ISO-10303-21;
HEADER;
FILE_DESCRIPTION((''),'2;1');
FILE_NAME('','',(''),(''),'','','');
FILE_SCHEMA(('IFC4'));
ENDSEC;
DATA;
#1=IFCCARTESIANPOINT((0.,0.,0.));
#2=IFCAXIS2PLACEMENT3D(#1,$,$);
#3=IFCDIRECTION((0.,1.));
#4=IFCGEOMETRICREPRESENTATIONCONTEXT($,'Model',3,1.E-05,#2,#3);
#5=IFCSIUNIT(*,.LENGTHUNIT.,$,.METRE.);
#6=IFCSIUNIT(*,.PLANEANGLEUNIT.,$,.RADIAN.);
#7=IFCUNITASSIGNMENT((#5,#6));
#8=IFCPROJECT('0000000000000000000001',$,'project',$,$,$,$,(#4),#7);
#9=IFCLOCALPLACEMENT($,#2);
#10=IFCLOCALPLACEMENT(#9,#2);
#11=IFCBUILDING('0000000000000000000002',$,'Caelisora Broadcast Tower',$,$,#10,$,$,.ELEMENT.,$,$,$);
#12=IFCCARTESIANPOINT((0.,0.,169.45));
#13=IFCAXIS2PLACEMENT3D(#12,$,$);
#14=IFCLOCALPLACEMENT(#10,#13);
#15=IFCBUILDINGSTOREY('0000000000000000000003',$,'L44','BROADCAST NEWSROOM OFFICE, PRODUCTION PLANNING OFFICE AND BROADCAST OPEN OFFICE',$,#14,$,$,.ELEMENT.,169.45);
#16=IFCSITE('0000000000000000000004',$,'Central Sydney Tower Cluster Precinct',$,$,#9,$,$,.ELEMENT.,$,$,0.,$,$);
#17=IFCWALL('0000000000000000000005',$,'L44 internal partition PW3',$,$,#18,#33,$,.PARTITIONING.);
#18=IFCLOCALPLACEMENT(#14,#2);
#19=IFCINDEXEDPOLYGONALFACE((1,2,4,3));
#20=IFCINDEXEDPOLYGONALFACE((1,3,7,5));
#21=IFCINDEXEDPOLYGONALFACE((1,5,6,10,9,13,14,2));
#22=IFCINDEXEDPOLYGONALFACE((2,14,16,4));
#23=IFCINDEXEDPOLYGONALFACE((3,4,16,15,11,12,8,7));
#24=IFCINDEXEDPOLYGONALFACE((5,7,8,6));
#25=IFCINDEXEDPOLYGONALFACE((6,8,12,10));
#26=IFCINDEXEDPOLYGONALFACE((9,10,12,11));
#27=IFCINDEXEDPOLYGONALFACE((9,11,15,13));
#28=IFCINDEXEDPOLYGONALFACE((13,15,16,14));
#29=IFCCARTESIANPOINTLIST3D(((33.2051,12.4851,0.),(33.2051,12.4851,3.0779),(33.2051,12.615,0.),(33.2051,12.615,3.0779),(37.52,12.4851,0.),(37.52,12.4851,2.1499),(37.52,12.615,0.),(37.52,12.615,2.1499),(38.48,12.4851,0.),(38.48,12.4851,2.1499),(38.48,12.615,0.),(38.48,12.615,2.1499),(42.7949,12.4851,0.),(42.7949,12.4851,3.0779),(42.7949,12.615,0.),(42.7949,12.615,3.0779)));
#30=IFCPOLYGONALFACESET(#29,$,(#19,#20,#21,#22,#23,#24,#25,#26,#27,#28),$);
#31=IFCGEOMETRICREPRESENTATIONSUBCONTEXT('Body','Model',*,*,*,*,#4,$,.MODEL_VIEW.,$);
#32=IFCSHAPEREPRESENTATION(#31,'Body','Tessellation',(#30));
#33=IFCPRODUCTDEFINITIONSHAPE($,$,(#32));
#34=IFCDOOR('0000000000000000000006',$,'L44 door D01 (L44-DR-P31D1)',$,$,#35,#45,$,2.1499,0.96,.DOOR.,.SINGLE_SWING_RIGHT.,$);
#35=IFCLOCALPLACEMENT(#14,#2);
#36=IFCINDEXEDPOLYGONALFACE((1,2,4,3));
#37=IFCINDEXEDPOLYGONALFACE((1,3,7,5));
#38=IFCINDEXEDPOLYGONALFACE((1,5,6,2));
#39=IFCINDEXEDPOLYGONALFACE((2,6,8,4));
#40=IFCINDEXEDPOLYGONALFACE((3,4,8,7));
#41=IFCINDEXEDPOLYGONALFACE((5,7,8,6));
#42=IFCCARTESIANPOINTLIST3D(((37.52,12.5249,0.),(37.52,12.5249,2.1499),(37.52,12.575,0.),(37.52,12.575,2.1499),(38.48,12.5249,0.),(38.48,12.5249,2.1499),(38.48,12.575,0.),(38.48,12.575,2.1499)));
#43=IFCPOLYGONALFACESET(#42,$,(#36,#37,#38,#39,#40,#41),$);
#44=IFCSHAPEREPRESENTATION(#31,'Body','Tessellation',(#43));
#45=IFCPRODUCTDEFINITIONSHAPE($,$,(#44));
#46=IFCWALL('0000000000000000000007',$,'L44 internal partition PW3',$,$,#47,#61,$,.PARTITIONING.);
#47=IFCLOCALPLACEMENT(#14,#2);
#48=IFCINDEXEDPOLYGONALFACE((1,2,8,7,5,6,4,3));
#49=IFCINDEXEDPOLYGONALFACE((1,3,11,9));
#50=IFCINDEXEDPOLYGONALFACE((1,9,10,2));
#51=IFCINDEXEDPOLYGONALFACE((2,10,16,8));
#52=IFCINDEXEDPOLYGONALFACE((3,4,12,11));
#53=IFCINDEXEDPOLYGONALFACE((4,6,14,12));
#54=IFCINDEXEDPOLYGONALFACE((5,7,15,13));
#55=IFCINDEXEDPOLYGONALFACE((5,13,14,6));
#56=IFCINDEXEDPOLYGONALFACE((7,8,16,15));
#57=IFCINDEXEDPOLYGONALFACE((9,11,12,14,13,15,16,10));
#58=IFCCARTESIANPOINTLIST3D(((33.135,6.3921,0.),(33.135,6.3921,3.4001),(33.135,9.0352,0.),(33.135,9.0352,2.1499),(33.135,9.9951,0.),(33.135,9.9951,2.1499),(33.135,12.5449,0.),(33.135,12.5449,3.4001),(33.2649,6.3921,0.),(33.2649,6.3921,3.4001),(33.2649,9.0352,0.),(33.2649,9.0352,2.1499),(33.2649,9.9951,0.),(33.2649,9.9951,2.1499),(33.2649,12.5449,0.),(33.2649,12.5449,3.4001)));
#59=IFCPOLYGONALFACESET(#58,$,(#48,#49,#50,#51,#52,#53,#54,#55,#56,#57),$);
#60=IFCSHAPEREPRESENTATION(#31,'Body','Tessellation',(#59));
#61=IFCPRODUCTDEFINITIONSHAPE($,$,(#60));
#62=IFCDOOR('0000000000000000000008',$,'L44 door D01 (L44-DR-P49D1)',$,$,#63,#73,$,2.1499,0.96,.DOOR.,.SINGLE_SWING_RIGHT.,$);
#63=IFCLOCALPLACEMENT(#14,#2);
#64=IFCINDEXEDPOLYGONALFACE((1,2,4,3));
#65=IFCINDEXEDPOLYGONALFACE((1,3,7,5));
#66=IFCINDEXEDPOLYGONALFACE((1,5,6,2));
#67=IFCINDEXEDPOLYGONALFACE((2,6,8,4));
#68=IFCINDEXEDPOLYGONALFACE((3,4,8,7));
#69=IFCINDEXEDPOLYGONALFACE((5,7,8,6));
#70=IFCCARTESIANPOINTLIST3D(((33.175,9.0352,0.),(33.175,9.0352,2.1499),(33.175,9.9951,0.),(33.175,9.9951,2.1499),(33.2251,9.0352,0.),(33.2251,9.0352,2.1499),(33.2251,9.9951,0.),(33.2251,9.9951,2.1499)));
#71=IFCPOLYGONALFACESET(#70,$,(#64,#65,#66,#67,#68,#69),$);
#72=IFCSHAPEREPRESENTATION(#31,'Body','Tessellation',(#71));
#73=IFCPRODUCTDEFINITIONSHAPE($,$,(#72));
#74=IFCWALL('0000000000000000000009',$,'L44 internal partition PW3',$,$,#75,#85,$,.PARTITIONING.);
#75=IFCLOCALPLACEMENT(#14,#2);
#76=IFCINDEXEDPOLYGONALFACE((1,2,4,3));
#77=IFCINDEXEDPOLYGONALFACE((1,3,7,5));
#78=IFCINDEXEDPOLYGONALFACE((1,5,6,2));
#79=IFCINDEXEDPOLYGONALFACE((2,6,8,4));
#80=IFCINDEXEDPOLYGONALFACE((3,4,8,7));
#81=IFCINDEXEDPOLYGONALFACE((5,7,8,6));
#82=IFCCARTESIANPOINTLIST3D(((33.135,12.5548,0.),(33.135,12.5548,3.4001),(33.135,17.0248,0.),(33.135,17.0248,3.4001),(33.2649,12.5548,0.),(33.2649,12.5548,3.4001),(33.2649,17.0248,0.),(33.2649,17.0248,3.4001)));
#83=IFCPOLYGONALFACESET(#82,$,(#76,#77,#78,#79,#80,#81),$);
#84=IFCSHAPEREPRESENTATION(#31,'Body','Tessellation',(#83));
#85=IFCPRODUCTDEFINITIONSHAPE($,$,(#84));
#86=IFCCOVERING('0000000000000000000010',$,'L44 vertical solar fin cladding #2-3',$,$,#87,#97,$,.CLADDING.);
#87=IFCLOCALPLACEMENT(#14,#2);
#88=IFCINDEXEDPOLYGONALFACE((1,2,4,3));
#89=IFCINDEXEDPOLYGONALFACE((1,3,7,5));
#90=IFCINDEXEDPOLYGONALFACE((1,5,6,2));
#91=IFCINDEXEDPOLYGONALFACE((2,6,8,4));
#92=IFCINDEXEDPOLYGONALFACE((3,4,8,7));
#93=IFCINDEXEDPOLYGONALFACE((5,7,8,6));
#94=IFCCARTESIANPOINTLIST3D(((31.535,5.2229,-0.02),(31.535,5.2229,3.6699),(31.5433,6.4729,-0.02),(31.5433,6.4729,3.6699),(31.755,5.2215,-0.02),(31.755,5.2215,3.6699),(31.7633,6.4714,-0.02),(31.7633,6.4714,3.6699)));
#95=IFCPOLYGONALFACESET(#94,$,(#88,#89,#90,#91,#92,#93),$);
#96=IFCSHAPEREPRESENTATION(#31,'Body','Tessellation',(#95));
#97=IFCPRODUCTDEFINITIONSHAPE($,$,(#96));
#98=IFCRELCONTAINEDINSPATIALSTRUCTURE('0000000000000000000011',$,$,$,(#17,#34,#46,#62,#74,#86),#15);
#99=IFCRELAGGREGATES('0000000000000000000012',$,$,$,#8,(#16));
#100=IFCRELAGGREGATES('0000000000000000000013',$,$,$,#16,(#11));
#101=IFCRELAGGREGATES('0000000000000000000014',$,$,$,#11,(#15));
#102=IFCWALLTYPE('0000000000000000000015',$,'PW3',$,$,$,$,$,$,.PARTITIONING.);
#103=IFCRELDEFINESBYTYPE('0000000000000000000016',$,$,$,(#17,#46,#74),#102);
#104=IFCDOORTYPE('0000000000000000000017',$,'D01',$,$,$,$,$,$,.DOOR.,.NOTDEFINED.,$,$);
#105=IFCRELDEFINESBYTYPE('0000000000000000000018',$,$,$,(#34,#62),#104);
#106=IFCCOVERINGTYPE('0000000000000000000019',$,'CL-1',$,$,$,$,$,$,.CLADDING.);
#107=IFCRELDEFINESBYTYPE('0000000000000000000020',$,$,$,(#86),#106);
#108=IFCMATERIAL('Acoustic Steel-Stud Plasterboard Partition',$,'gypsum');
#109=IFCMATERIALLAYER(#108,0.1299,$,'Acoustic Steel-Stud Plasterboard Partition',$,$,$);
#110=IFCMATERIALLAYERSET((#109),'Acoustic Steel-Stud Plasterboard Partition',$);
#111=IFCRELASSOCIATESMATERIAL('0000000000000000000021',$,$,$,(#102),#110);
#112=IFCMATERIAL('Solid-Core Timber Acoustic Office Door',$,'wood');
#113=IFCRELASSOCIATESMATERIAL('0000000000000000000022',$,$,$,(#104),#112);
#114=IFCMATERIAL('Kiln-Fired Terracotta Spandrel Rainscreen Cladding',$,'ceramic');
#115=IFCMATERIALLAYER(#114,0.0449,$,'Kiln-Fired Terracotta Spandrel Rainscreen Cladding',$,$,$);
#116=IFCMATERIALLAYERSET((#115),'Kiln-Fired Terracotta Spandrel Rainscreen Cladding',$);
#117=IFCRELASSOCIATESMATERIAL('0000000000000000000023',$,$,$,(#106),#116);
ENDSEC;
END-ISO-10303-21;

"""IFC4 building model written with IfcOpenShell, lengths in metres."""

from ifc_helpers import new_model, si_unit, direction, frame, frame_2d, origin, origin_2d, place, context, subcontext, project, spatial, rectangle, extrude, source, transform, mapped, material, layer, layer_set, type_object, type_shapes, element, fill, save


model = new_model("IFC4")

# Units and contexts
model_context = context("Model", 3, precision=1e-05, world=origin(), true_north=direction((0.0, 1.0)))
body_context = subcontext(model_context, "Body", "Model", "MODEL_VIEW")
ifc_project = project(units=[si_unit("LENGTHUNIT", "METRE"), si_unit("PLANEANGLEUNIT", "RADIAN")], contexts=[model_context])

# Site, building, storey
site_placement = place(None, origin())
site = spatial("IfcSite", under=ifc_project, at=site_placement, Name="Central Sydney Tower Cluster Precinct", CompositionType="ELEMENT", RefElevation=0.0)
building_placement = place(site_placement, origin())
building = spatial("IfcBuilding", under=site, at=building_placement, Name="Caelisora Broadcast Tower", CompositionType="ELEMENT")
storey_placement = place(building_placement, frame((0.0, 0.0, 169.45)))
storey = spatial("IfcBuildingStorey", under=building, at=storey_placement, Name="L44", Description="BROADCAST NEWSROOM OFFICE, PRODUCTION PLANNING OFFICE AND BROADCAST OPEN OFFICE", CompositionType="ELEMENT", Elevation=169.45)

# Walls, openings, doors
ifc_material_1 = material(Name="Acoustic Steel-Stud Plasterboard Partition", Category="gypsum")
ifc_layer_1 = layer(ifc_material_1, 0.1299, Name="Acoustic Steel-Stud Plasterboard Partition")
ifc_layer_set_1 = layer_set([ifc_layer_1], Name="Acoustic Steel-Stud Plasterboard Partition")
wall_type = type_object("IfcWallType", Name="PW3", PredefinedType="PARTITIONING", material=ifc_layer_set_1)
wall_1_placement = place(storey_placement, frame((33.2051, 12.55, 0.0), z_axis=(0.0, 0.0, 1.0), x_axis=(1.0, 0.0, 0.0)))
wall_1 = element("IfcWall", 1, at=wall_1_placement, inside=storey, type_object=wall_type, Name="L44 internal partition PW3", PredefinedType="PARTITIONING", context=body_context, shape_type="SweptSolid", body=[
    extrude(rectangle(XDim=9.5898, YDim=0.1299, at=frame_2d((4.7949, 0.0))), origin(), (0.0, 0.0, 1.0), 3.0779),
])
opening_1_placement = place(wall_1_placement, frame((4.3149, 0.0, 0.0)))
opening_1 = element("IfcOpeningElement", 2, at=opening_1_placement, cuts=wall_1, PredefinedType="OPENING", context=body_context, shape_type="SweptSolid", body=[
    extrude(rectangle(XDim=0.96, YDim=2.1499, at=frame_2d((0.48, 1.075))), frame((0.0, 0.0769, 0.0), z_axis=(0.0, -1.0, 0.0), x_axis=(1.0, 0.0, 0.0)), (0.0, 0.0, 1.0), 0.1538),
])
ifc_material_2 = material(Name="Solid-Core Timber Acoustic Office Door", Category="wood")
door_type = type_object("IfcDoorType", Name="D01", OperationType="NOTDEFINED", PredefinedType="DOOR", material=ifc_material_2)
door_1_placement = place(opening_1_placement, origin())
door_1 = element("IfcDoor", 3, at=door_1_placement, inside=storey, type_object=door_type, Name="L44 door D01 (L44-DR-P31D1)", OperationType="SINGLE_SWING_RIGHT", OverallHeight=2.1499, OverallWidth=0.96, PredefinedType="DOOR", context=body_context, shape_type="SweptSolid", body=[
    extrude(rectangle(XDim=0.96, YDim=2.1499, at=frame_2d((0.48, 1.075))), frame((0.0, 0.0249, 0.0), z_axis=(0.0, -1.0, 0.0), x_axis=(1.0, 0.0, 0.0)), (0.0, 0.0, 1.0), 0.05),
])
fill(opening_1, door_1)
wall_2_placement = place(storey_placement, frame((33.2, 6.3921, 0.0), z_axis=(0.0, 0.0, 1.0), x_axis=(0.0, 1.0, 0.0)))
wall_2 = element("IfcWall", 4, at=wall_2_placement, inside=storey, type_object=wall_type, Name="L44 internal partition PW3", PredefinedType="PARTITIONING", context=body_context, shape_type="SweptSolid", body=[
    extrude(rectangle(XDim=6.1528, YDim=0.1299, at=frame_2d((3.0764, 0.0))), origin(), (0.0, 0.0, 1.0), 3.4001),
])
opening_2_placement = place(wall_2_placement, frame((2.6431, 0.0, 0.0)))
opening_2 = element("IfcOpeningElement", 5, at=opening_2_placement, cuts=wall_2, PredefinedType="OPENING", context=body_context, shape_type="SweptSolid", body=[
    extrude(rectangle(XDim=0.96, YDim=2.1499, at=frame_2d((0.48, 1.075))), frame((0.0, 0.0769, 0.0), z_axis=(0.0, -1.0, 0.0), x_axis=(1.0, 0.0, 0.0)), (0.0, 0.0, 1.0), 0.1538),
])
door_2_placement = place(opening_2_placement, origin())
door_2 = element("IfcDoor", 6, at=door_2_placement, inside=storey, type_object=door_type, Name="L44 door D01 (L44-DR-P49D1)", OperationType="SINGLE_SWING_RIGHT", OverallHeight=2.1499, OverallWidth=0.96, PredefinedType="DOOR", context=body_context, shape_type="SweptSolid", body=[
    extrude(rectangle(XDim=0.96, YDim=2.1499, at=frame_2d((0.48, 1.075))), frame((0.0, 0.0249, 0.0), z_axis=(0.0, -1.0, 0.0), x_axis=(1.0, 0.0, 0.0)), (0.0, 0.0, 1.0), 0.05),
])
fill(opening_2, door_2)

# Wall
wall_3_placement = place(storey_placement, frame((33.2, 12.5549, 0.0), z_axis=(0.0, 0.0, 1.0), x_axis=(0.0, 1.0, 0.0)))
element("IfcWall", 7, at=wall_3_placement, inside=storey, type_object=wall_type, Name="L44 internal partition PW3", PredefinedType="PARTITIONING", context=body_context, shape_type="SweptSolid", body=[
    extrude(rectangle(XDim=4.47, YDim=0.1299, at=frame_2d((2.2349, 0.0))), origin(), (0.0, 0.0, 1.0), 3.4001),
])

# Covering
ifc_material_3 = material(Name="Kiln-Fired Terracotta Spandrel Rainscreen Cladding", Category="ceramic")
ifc_layer_2 = layer(ifc_material_3, 0.0449, Name="Kiln-Fired Terracotta Spandrel Rainscreen Cladding")
ifc_layer_set_2 = layer_set([ifc_layer_2], Name="Kiln-Fired Terracotta Spandrel Rainscreen Cladding")
covering_type = type_object("IfcCoveringType", Name="CL-1", PredefinedType="CLADDING", material=ifc_layer_set_2)
shared_shape_1 = source(origin(), body_context, "Body", "SweptSolid", [
    extrude(rectangle(XDim=0.22, YDim=1.25, at=origin_2d()), origin(), (0.0, 0.0, 1.0), 3.6899),
])
type_shapes(covering_type, [shared_shape_1])
covering_placement = place(storey_placement, frame((31.6492, 5.8472, -0.02), z_axis=(0.0, 0.0, 1.0), x_axis=(-0.999978, 0.006632, 0.0)))
element("IfcCovering", 8, at=covering_placement, inside=storey, type_object=covering_type, Name="L44 vertical solar fin cladding #2-3", PredefinedType="CLADDING", context=body_context, shape_type="MappedRepresentation", body=[
    mapped(shared_shape_1, transform((0.0, 0.0, 0.0), scale=1.0)),
])

save(model, "model.ifc")
